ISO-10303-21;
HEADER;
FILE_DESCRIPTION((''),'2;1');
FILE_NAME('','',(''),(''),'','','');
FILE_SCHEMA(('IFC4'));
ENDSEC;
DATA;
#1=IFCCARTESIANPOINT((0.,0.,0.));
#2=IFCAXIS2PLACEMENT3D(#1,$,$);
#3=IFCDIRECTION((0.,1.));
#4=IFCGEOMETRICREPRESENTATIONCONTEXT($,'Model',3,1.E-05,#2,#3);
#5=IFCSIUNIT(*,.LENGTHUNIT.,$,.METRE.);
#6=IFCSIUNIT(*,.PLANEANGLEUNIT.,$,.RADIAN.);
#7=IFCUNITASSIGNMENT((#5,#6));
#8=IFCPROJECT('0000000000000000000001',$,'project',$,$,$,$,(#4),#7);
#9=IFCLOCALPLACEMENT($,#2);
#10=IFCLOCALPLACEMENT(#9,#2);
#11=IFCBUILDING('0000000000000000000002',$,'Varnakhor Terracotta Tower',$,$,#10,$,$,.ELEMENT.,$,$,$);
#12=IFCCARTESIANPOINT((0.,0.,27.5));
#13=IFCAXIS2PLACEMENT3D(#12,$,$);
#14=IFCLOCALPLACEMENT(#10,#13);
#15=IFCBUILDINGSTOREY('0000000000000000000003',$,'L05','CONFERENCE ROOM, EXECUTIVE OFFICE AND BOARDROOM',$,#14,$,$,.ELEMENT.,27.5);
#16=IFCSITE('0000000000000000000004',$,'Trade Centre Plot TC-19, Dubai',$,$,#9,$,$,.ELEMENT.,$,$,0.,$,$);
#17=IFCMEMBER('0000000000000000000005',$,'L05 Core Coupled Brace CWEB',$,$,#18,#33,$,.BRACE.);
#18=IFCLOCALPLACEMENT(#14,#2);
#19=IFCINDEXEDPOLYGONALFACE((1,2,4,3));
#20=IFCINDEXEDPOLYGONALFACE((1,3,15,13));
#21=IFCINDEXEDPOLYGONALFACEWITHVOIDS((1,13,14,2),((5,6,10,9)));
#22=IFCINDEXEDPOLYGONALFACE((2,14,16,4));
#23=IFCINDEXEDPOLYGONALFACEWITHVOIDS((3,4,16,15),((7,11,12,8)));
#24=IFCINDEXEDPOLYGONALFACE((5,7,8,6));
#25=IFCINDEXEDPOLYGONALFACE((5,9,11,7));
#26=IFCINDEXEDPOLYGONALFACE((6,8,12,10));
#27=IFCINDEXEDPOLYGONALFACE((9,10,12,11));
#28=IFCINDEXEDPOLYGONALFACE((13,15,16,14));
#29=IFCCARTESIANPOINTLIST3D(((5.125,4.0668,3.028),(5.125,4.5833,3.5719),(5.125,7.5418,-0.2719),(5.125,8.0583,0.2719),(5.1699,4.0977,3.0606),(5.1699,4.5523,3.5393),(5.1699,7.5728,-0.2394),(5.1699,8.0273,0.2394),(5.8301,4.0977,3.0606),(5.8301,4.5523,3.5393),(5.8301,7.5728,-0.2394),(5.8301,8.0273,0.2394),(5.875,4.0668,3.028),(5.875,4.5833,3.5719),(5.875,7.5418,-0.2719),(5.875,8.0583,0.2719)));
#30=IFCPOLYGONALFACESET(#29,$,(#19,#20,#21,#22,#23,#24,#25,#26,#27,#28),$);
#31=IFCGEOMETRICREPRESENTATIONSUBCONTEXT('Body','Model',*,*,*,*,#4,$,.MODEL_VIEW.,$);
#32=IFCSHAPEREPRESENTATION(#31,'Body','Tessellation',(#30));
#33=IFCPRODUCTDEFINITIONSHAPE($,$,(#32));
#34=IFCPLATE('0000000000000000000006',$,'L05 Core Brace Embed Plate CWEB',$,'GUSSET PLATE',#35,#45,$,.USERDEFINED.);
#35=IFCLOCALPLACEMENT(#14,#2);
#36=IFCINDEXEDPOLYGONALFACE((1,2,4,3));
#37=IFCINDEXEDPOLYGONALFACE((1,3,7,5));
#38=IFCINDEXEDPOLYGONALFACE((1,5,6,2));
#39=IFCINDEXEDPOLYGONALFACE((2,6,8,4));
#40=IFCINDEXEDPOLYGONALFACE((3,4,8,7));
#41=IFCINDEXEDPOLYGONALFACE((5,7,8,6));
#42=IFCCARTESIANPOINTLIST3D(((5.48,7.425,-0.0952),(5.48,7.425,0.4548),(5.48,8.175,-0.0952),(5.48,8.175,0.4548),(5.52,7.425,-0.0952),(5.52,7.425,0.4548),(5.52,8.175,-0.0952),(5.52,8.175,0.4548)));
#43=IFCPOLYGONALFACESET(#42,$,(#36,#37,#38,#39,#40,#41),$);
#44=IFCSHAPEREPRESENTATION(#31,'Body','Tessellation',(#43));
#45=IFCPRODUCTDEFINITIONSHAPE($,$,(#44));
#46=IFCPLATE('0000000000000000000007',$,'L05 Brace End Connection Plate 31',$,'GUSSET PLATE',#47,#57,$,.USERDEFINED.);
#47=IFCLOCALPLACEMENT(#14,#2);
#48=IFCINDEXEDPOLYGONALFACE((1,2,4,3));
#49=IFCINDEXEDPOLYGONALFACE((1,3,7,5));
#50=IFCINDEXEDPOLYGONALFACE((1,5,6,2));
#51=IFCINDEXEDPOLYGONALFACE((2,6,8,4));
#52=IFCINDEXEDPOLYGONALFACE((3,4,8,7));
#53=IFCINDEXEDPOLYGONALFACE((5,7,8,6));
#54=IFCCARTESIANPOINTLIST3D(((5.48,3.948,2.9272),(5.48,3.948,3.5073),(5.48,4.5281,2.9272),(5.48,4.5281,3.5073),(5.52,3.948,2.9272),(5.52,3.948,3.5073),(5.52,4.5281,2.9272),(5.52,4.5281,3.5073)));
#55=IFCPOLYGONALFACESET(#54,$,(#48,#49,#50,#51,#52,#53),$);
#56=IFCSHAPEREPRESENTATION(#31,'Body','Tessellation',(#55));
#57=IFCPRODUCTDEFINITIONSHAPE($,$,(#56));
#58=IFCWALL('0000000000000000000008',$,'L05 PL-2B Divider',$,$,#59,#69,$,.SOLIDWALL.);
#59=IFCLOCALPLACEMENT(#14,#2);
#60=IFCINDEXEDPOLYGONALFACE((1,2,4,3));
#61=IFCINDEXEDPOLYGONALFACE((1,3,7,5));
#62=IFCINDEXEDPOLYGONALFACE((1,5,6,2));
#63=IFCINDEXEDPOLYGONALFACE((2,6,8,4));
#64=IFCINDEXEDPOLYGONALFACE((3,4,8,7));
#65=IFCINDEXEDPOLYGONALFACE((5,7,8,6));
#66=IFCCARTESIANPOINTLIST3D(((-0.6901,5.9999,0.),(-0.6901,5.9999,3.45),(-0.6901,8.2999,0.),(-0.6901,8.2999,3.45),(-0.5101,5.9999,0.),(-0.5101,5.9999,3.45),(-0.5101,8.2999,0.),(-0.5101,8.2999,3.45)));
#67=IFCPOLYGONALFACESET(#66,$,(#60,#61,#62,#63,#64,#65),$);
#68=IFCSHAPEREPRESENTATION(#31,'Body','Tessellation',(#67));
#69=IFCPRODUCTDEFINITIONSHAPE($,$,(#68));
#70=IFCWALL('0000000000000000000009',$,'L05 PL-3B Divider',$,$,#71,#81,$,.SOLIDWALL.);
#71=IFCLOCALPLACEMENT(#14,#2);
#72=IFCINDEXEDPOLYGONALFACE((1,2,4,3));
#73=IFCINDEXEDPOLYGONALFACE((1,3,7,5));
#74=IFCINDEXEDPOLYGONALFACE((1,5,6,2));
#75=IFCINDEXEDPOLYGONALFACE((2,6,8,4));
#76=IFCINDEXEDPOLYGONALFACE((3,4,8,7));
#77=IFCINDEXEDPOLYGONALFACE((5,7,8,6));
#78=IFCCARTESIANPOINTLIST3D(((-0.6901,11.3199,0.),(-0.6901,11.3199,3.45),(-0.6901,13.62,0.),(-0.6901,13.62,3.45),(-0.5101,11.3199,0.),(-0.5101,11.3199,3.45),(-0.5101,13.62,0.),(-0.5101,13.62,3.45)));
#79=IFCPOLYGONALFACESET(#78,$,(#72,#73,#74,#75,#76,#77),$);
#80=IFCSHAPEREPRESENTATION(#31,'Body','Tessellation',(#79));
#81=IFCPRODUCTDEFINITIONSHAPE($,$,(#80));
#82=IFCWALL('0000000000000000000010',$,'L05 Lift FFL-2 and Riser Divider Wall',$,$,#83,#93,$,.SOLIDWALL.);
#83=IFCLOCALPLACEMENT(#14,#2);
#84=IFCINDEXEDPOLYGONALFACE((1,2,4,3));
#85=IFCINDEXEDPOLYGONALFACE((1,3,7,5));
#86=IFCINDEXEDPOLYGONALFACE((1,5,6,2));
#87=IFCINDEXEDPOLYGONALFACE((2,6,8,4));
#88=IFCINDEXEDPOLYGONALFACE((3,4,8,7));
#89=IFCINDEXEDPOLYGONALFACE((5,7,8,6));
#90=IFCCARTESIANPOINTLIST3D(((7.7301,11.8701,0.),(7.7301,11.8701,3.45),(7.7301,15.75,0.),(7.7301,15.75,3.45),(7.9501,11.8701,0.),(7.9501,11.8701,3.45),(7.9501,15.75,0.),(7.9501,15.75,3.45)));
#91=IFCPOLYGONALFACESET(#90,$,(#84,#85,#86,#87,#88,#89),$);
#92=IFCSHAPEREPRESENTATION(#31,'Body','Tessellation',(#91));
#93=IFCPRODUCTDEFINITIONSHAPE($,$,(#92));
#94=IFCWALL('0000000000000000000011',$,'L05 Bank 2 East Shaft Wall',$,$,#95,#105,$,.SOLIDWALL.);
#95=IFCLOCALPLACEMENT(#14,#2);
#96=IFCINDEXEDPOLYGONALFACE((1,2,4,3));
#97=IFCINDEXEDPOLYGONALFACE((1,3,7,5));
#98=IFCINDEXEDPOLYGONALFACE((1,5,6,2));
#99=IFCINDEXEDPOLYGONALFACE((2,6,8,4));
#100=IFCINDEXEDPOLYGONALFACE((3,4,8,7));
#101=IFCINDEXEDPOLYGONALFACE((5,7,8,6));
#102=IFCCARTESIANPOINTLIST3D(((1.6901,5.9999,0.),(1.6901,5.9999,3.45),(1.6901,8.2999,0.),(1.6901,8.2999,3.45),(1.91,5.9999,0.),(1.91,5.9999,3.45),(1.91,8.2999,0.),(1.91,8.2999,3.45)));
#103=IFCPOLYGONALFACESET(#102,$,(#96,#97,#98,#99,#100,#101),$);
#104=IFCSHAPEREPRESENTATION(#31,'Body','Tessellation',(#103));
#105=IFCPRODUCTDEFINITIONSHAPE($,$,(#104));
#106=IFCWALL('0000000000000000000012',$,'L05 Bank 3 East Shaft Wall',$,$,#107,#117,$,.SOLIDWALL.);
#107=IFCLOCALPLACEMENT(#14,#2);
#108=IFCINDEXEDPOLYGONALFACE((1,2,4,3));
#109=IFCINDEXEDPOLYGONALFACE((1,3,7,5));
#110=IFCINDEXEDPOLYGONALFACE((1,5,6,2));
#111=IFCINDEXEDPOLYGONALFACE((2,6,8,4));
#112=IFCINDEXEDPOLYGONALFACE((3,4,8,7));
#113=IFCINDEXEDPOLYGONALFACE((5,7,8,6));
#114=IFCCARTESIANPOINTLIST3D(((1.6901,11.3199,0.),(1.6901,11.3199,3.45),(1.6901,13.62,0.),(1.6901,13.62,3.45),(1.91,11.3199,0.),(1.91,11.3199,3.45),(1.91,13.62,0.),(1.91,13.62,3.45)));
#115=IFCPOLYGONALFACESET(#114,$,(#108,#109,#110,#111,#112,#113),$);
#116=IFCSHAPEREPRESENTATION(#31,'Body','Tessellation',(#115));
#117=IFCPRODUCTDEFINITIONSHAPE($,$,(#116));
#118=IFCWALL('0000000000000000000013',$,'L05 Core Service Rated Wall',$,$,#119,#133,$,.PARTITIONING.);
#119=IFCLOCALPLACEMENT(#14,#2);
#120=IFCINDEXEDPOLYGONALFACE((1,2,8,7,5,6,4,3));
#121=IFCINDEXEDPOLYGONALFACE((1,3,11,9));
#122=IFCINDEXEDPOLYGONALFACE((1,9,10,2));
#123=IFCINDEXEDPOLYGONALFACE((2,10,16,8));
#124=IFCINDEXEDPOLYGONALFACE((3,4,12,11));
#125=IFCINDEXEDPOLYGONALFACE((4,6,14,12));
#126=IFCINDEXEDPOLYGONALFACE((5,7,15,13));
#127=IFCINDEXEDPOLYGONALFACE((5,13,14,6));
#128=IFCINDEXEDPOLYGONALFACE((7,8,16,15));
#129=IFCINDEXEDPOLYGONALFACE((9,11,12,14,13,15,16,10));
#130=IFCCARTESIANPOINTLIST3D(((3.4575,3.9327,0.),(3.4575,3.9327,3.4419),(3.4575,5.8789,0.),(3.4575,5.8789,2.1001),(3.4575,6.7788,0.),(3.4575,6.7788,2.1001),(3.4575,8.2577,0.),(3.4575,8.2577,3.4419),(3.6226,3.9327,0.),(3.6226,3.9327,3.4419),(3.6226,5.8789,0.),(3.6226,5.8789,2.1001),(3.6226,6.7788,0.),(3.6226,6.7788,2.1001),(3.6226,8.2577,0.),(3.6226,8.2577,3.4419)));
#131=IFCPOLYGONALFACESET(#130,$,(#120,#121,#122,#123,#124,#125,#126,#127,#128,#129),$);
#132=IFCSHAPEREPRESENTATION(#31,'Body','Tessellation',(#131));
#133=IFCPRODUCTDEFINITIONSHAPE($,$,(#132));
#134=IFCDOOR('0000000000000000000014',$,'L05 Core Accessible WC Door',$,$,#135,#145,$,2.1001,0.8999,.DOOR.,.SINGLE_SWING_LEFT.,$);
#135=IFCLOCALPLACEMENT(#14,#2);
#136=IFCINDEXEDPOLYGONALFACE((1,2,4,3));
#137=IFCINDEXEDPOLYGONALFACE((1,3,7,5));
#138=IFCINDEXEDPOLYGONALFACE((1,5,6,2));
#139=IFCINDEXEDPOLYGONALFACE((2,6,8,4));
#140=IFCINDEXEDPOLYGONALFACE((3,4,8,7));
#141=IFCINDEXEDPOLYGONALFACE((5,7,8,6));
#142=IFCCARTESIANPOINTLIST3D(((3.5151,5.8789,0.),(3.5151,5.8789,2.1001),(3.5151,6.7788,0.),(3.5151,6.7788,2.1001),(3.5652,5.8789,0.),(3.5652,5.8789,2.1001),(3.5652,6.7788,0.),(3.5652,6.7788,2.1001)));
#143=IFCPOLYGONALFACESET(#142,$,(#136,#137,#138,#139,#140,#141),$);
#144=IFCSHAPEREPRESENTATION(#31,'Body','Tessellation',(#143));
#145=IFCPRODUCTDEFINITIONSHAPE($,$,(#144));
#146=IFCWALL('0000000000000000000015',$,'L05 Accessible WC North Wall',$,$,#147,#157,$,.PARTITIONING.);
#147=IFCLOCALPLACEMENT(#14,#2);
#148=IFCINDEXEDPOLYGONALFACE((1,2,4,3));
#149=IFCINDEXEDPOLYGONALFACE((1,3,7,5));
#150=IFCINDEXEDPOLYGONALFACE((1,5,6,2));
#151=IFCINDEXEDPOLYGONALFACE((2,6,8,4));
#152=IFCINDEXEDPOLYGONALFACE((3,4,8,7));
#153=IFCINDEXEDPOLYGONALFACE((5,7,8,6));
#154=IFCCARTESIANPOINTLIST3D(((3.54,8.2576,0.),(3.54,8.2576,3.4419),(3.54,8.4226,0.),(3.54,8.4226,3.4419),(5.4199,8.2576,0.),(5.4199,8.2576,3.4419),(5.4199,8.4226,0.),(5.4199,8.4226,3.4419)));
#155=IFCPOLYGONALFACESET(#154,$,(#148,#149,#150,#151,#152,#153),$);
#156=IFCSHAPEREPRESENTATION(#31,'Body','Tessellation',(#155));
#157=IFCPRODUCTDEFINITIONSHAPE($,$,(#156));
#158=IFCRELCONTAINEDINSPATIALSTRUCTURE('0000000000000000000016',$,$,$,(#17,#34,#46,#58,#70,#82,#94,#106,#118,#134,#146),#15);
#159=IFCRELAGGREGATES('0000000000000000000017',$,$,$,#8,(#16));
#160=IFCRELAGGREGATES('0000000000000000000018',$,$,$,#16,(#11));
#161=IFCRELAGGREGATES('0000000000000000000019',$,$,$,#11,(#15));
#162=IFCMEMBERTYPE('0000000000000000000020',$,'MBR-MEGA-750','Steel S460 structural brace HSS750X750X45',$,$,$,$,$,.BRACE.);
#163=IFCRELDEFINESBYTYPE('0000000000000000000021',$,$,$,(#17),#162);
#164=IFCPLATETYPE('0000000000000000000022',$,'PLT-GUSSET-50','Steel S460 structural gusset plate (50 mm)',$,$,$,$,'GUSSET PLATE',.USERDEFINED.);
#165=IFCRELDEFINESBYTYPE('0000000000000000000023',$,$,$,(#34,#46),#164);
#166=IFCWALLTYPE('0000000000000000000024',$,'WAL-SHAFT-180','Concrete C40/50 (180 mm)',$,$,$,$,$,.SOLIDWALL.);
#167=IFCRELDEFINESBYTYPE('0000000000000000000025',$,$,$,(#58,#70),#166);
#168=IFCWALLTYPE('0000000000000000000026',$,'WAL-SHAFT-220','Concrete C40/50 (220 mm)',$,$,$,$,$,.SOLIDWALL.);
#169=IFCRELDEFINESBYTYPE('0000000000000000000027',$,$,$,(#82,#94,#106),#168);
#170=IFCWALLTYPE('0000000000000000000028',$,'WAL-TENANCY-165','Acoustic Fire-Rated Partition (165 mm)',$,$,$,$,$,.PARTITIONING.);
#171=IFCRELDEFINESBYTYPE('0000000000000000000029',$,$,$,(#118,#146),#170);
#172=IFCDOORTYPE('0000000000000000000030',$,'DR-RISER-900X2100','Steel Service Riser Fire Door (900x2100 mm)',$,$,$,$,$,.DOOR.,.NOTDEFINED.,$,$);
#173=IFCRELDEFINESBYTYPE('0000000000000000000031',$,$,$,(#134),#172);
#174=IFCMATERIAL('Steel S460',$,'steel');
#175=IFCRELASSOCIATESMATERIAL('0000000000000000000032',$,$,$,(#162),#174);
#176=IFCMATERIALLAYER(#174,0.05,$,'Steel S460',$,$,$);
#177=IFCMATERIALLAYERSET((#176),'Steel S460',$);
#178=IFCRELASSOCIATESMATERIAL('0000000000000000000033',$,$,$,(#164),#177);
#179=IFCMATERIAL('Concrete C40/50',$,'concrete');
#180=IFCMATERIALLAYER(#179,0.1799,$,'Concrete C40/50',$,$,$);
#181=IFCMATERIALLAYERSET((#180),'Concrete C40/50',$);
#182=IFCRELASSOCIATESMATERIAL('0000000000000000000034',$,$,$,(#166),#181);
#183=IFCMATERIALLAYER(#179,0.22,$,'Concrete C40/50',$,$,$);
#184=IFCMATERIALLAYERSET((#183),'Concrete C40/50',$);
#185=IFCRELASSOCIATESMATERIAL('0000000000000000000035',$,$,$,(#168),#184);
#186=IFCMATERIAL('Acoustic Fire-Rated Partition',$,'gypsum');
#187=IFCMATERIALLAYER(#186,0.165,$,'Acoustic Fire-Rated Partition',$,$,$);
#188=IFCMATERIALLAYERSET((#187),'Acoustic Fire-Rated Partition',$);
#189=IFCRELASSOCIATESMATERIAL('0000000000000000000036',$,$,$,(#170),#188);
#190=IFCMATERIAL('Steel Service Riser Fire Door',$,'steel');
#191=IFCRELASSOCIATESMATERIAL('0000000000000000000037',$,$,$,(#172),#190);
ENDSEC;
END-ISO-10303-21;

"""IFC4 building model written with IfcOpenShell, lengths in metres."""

from ifc_helpers import new_model, si_unit, direction, frame, frame_2d, origin, origin_2d, place, context, subcontext, project, spatial, rectangle, hollow_rectangle, extrude, source, transform, mapped, material, layer, layer_set, material_profile, profile_set, type_object, type_shapes, element, fill, save


model = new_model("IFC4")

# Units and contexts
model_context = context("Model", 3, precision=1e-05, world=origin(), true_north=direction((0.0, 1.0)))
body_context = subcontext(model_context, "Body", "Model", "MODEL_VIEW")
ifc_project = project(units=[si_unit("LENGTHUNIT", "METRE"), si_unit("PLANEANGLEUNIT", "RADIAN")], contexts=[model_context])

# Site, building, storey
site_placement = place(None, origin())
site = spatial("IfcSite", under=ifc_project, at=site_placement, Name="Trade Centre Plot TC-19, Dubai", CompositionType="ELEMENT", RefElevation=0.0)
building_placement = place(site_placement, origin())
building = spatial("IfcBuilding", under=site, at=building_placement, Name="Varnakhor Terracotta Tower", CompositionType="ELEMENT")
storey_placement = place(building_placement, frame((0.0, 0.0, 27.5)))
storey = spatial("IfcBuildingStorey", under=building, at=storey_placement, Name="L05", Description="CONFERENCE ROOM, EXECUTIVE OFFICE AND BOARDROOM", CompositionType="ELEMENT", Elevation=27.5)

# Member
ifc_material_1 = material(Name="Steel S460", Category="steel")
ifc_material_profile = material_profile(ifc_material_1, hollow_rectangle(XDim=0.75, YDim=0.75, WallThickness=0.0449, at=origin_2d()), Name="HSS750X750X45")
ifc_profile_set = profile_set([ifc_material_profile], Name="Steel S460")
member_type = type_object("IfcMemberType", Name="MBR-MEGA-750", Description="Steel S460 structural brace HSS750X750X45", PredefinedType="BRACE", material=ifc_profile_set)
shared_shape_1 = source(origin(), body_context, "Body", "SweptSolid", [
    extrude(hollow_rectangle(XDim=0.75, YDim=0.75, WallThickness=0.0449, at=origin_2d()), origin(), (0.0, 0.0, 1.0), 4.7922),
])
member_placement = place(storey_placement, frame((5.5, 7.8, 0.0), z_axis=(0.0, -0.725134, 0.688608), x_axis=(1.0, 0.0, 0.0)))
element("IfcMember", 1, at=member_placement, inside=storey, type_object=member_type, Name="L05 Core Coupled Brace CWEB", PredefinedType="BRACE", context=body_context, shape_type="MappedRepresentation", body=[
    mapped(shared_shape_1, transform((0.0, 0.0, 0.0), scale=1.0)),
])

# Plates
ifc_layer_1 = layer(ifc_material_1, 0.05, Name="Steel S460")
ifc_layer_set_1 = layer_set([ifc_layer_1], Name="Steel S460")
plate_type = type_object("IfcPlateType", Name="PLT-GUSSET-50", Description="Steel S460 structural gusset plate (50 mm)", ElementType="GUSSET PLATE", PredefinedType="USERDEFINED", material=ifc_layer_set_1)
shared_shape_2 = source(origin(), body_context, "Body", "SweptSolid", [
    extrude(rectangle(XDim=0.75, YDim=0.04, at=origin_2d()), origin(), (0.0, 0.0, 1.0), 0.55),
])
type_shapes(plate_type, [shared_shape_2])
plate_1_placement = place(storey_placement, frame((5.5, 7.8, -0.0952), z_axis=(0.0, 0.0, 1.0), x_axis=(0.0, 1.0, 0.0)))
element("IfcPlate", 2, at=plate_1_placement, inside=storey, type_object=plate_type, Name="L05 Core Brace Embed Plate CWEB", ObjectType="GUSSET PLATE", PredefinedType="USERDEFINED", context=body_context, shape_type="MappedRepresentation", body=[
    mapped(shared_shape_2, transform((0.0, 0.0, 0.0), scale=1.0)),
])
shared_shape_3 = source(origin(), body_context, "Body", "SweptSolid", [
    extrude(rectangle(XDim=0.5801, YDim=0.04, at=origin_2d()), origin(), (0.0, 0.0, 1.0), 0.5801),
])
plate_2_placement = place(storey_placement, frame((5.5, 4.238, 2.9272), z_axis=(0.0, 0.0, 1.0), x_axis=(0.0, 1.0, 0.0)))
element("IfcPlate", 3, at=plate_2_placement, inside=storey, type_object=plate_type, Name="L05 Brace End Connection Plate 31", ObjectType="GUSSET PLATE", PredefinedType="USERDEFINED", context=body_context, shape_type="MappedRepresentation", body=[
    mapped(shared_shape_3, transform((0.0, 0.0, 0.0), scale=1.0)),
])

# Walls
ifc_material_2 = material(Name="Concrete C40/50", Category="concrete")
ifc_layer_2 = layer(ifc_material_2, 0.1799, Name="Concrete C40/50")
ifc_layer_set_2 = layer_set([ifc_layer_2], Name="Concrete C40/50")
wall_type_1 = type_object("IfcWallType", Name="WAL-SHAFT-180", Description="Concrete C40/50 (180 mm)", PredefinedType="SOLIDWALL", material=ifc_layer_set_2)
for number, where, z_axis, x_axis, name in (
    (4, (-0.6001, 6.0, 0.0), (0.0, 0.0, 1.0), (0.0, 1.0, 0.0), "L05 PL-2B Divider"),
    (5, (-0.6001, 11.3201, 0.0), (0.0, 0.0, 1.0), (0.0, 1.0, 0.0), "L05 PL-3B Divider"),
):
    element("IfcWall", number, at=place(storey_placement, frame(where, z_axis=z_axis, x_axis=x_axis)), inside=storey, type_object=wall_type_1, Name=name, PredefinedType="SOLIDWALL", context=body_context, shape_type="SweptSolid", body=[
        extrude(rectangle(XDim=2.3, YDim=0.1799, at=frame_2d((1.1499, 0.0))), origin(), (0.0, 0.0, 1.0), 3.45),
    ])
ifc_layer_3 = layer(ifc_material_2, 0.22, Name="Concrete C40/50")
ifc_layer_set_3 = layer_set([ifc_layer_3], Name="Concrete C40/50")
wall_type_2 = type_object("IfcWallType", Name="WAL-SHAFT-220", Description="Concrete C40/50 (220 mm)", PredefinedType="SOLIDWALL", material=ifc_layer_set_3)
wall_1_placement = place(storey_placement, frame((7.8401, 11.8701, 0.0), z_axis=(0.0, 0.0, 1.0), x_axis=(0.0, 1.0, 0.0)))
element("IfcWall", 6, at=wall_1_placement, inside=storey, type_object=wall_type_2, Name="L05 Lift FFL-2 and Riser Divider Wall", PredefinedType="SOLIDWALL", context=body_context, shape_type="SweptSolid", body=[
    extrude(rectangle(XDim=3.8799, YDim=0.22, at=frame_2d((1.9399, 0.0))), origin(), (0.0, 0.0, 1.0), 3.45),
])
for number, where, z_axis, x_axis, name in (
    (7, (1.8, 6.0, 0.0), (0.0, 0.0, 1.0), (0.0, 1.0, 0.0), "L05 Bank 2 East Shaft Wall"),
    (8, (1.8, 11.3201, 0.0), (0.0, 0.0, 1.0), (0.0, 1.0, 0.0), "L05 Bank 3 East Shaft Wall"),
):
    element("IfcWall", number, at=place(storey_placement, frame(where, z_axis=z_axis, x_axis=x_axis)), inside=storey, type_object=wall_type_2, Name=name, PredefinedType="SOLIDWALL", context=body_context, shape_type="SweptSolid", body=[
        extrude(rectangle(XDim=2.3, YDim=0.22, at=frame_2d((1.1499, 0.0))), origin(), (0.0, 0.0, 1.0), 3.45),
    ])

# Wall, opening, door
ifc_material_3 = material(Name="Acoustic Fire-Rated Partition", Category="gypsum")
ifc_layer_4 = layer(ifc_material_3, 0.165, Name="Acoustic Fire-Rated Partition")
ifc_layer_set_4 = layer_set([ifc_layer_4], Name="Acoustic Fire-Rated Partition")
wall_type_3 = type_object("IfcWallType", Name="WAL-TENANCY-165", Description="Acoustic Fire-Rated Partition (165 mm)", PredefinedType="PARTITIONING", material=ifc_layer_set_4)
wall_2_placement = place(storey_placement, frame((3.54, 3.9326, 0.0), z_axis=(0.0, 0.0, 1.0), x_axis=(0.0, 1.0, 0.0)))
wall_2 = element("IfcWall", 9, at=wall_2_placement, inside=storey, type_object=wall_type_3, Name="L05 Core Service Rated Wall", PredefinedType="PARTITIONING", context=body_context, shape_type="SweptSolid", body=[
    extrude(rectangle(XDim=4.325, YDim=0.165, at=frame_2d((2.1626, 0.0))), origin(), (0.0, 0.0, 1.0), 3.4419),
])
opening_1_placement = place(wall_2_placement, frame((1.9463, 0.0, 0.0)))
opening_1 = element("IfcOpeningElement", 10, at=opening_1_placement, cuts=wall_2, PredefinedType="OPENING", context=body_context, shape_type="SweptSolid", body=[
    extrude(rectangle(XDim=0.8999, YDim=2.1001, at=frame_2d((0.45, 1.05))), frame((0.0, 0.0925, 0.0), z_axis=(0.0, -1.0, 0.0), x_axis=(1.0, 0.0, 0.0)), (0.0, 0.0, 1.0), 0.1851),
])
ifc_material_4 = material(Name="Steel Service Riser Fire Door", Category="steel")
door_type = type_object("IfcDoorType", Name="DR-RISER-900X2100", Description="Steel Service Riser Fire Door (900x2100 mm)", OperationType="NOTDEFINED", PredefinedType="DOOR", material=ifc_material_4)
shared_shape_4 = source(origin(), body_context, "Body", "SweptSolid", [
    extrude(rectangle(XDim=0.8999, YDim=2.1001, at=frame_2d((0.45, 1.05))), frame((0.0, 0.0249, 0.0), z_axis=(0.0, -1.0, 0.0), x_axis=(1.0, 0.0, 0.0)), (0.0, 0.0, 1.0), 0.05),
])
type_shapes(door_type, [shared_shape_4])
door_1_placement = place(opening_1_placement, origin())
door_1 = element("IfcDoor", 11, at=door_1_placement, inside=storey, type_object=door_type, Name="L05 Core Accessible WC Door", OperationType="SINGLE_SWING_LEFT", OverallHeight=2.1001, OverallWidth=0.8999, PredefinedType="DOOR", context=body_context, shape_type="MappedRepresentation", body=[
    mapped(shared_shape_4, transform((0.0, 0.0, 0.0), scale=1.0)),
])
fill(opening_1, door_1)

# Wall
wall_3_placement = place(storey_placement, frame((3.54, 8.3401, 0.0), z_axis=(0.0, 0.0, 1.0), x_axis=(1.0, 0.0, 0.0)))
element("IfcWall", 12, at=wall_3_placement, inside=storey, type_object=wall_type_3, Name="L05 Accessible WC North Wall", PredefinedType="PARTITIONING", context=body_context, shape_type="SweptSolid", body=[
    extrude(rectangle(XDim=1.8799, YDim=0.165, at=frame_2d((0.9399, 0.0))), origin(), (0.0, 0.0, 1.0), 3.4419),
])

save(model, "model.ifc")
